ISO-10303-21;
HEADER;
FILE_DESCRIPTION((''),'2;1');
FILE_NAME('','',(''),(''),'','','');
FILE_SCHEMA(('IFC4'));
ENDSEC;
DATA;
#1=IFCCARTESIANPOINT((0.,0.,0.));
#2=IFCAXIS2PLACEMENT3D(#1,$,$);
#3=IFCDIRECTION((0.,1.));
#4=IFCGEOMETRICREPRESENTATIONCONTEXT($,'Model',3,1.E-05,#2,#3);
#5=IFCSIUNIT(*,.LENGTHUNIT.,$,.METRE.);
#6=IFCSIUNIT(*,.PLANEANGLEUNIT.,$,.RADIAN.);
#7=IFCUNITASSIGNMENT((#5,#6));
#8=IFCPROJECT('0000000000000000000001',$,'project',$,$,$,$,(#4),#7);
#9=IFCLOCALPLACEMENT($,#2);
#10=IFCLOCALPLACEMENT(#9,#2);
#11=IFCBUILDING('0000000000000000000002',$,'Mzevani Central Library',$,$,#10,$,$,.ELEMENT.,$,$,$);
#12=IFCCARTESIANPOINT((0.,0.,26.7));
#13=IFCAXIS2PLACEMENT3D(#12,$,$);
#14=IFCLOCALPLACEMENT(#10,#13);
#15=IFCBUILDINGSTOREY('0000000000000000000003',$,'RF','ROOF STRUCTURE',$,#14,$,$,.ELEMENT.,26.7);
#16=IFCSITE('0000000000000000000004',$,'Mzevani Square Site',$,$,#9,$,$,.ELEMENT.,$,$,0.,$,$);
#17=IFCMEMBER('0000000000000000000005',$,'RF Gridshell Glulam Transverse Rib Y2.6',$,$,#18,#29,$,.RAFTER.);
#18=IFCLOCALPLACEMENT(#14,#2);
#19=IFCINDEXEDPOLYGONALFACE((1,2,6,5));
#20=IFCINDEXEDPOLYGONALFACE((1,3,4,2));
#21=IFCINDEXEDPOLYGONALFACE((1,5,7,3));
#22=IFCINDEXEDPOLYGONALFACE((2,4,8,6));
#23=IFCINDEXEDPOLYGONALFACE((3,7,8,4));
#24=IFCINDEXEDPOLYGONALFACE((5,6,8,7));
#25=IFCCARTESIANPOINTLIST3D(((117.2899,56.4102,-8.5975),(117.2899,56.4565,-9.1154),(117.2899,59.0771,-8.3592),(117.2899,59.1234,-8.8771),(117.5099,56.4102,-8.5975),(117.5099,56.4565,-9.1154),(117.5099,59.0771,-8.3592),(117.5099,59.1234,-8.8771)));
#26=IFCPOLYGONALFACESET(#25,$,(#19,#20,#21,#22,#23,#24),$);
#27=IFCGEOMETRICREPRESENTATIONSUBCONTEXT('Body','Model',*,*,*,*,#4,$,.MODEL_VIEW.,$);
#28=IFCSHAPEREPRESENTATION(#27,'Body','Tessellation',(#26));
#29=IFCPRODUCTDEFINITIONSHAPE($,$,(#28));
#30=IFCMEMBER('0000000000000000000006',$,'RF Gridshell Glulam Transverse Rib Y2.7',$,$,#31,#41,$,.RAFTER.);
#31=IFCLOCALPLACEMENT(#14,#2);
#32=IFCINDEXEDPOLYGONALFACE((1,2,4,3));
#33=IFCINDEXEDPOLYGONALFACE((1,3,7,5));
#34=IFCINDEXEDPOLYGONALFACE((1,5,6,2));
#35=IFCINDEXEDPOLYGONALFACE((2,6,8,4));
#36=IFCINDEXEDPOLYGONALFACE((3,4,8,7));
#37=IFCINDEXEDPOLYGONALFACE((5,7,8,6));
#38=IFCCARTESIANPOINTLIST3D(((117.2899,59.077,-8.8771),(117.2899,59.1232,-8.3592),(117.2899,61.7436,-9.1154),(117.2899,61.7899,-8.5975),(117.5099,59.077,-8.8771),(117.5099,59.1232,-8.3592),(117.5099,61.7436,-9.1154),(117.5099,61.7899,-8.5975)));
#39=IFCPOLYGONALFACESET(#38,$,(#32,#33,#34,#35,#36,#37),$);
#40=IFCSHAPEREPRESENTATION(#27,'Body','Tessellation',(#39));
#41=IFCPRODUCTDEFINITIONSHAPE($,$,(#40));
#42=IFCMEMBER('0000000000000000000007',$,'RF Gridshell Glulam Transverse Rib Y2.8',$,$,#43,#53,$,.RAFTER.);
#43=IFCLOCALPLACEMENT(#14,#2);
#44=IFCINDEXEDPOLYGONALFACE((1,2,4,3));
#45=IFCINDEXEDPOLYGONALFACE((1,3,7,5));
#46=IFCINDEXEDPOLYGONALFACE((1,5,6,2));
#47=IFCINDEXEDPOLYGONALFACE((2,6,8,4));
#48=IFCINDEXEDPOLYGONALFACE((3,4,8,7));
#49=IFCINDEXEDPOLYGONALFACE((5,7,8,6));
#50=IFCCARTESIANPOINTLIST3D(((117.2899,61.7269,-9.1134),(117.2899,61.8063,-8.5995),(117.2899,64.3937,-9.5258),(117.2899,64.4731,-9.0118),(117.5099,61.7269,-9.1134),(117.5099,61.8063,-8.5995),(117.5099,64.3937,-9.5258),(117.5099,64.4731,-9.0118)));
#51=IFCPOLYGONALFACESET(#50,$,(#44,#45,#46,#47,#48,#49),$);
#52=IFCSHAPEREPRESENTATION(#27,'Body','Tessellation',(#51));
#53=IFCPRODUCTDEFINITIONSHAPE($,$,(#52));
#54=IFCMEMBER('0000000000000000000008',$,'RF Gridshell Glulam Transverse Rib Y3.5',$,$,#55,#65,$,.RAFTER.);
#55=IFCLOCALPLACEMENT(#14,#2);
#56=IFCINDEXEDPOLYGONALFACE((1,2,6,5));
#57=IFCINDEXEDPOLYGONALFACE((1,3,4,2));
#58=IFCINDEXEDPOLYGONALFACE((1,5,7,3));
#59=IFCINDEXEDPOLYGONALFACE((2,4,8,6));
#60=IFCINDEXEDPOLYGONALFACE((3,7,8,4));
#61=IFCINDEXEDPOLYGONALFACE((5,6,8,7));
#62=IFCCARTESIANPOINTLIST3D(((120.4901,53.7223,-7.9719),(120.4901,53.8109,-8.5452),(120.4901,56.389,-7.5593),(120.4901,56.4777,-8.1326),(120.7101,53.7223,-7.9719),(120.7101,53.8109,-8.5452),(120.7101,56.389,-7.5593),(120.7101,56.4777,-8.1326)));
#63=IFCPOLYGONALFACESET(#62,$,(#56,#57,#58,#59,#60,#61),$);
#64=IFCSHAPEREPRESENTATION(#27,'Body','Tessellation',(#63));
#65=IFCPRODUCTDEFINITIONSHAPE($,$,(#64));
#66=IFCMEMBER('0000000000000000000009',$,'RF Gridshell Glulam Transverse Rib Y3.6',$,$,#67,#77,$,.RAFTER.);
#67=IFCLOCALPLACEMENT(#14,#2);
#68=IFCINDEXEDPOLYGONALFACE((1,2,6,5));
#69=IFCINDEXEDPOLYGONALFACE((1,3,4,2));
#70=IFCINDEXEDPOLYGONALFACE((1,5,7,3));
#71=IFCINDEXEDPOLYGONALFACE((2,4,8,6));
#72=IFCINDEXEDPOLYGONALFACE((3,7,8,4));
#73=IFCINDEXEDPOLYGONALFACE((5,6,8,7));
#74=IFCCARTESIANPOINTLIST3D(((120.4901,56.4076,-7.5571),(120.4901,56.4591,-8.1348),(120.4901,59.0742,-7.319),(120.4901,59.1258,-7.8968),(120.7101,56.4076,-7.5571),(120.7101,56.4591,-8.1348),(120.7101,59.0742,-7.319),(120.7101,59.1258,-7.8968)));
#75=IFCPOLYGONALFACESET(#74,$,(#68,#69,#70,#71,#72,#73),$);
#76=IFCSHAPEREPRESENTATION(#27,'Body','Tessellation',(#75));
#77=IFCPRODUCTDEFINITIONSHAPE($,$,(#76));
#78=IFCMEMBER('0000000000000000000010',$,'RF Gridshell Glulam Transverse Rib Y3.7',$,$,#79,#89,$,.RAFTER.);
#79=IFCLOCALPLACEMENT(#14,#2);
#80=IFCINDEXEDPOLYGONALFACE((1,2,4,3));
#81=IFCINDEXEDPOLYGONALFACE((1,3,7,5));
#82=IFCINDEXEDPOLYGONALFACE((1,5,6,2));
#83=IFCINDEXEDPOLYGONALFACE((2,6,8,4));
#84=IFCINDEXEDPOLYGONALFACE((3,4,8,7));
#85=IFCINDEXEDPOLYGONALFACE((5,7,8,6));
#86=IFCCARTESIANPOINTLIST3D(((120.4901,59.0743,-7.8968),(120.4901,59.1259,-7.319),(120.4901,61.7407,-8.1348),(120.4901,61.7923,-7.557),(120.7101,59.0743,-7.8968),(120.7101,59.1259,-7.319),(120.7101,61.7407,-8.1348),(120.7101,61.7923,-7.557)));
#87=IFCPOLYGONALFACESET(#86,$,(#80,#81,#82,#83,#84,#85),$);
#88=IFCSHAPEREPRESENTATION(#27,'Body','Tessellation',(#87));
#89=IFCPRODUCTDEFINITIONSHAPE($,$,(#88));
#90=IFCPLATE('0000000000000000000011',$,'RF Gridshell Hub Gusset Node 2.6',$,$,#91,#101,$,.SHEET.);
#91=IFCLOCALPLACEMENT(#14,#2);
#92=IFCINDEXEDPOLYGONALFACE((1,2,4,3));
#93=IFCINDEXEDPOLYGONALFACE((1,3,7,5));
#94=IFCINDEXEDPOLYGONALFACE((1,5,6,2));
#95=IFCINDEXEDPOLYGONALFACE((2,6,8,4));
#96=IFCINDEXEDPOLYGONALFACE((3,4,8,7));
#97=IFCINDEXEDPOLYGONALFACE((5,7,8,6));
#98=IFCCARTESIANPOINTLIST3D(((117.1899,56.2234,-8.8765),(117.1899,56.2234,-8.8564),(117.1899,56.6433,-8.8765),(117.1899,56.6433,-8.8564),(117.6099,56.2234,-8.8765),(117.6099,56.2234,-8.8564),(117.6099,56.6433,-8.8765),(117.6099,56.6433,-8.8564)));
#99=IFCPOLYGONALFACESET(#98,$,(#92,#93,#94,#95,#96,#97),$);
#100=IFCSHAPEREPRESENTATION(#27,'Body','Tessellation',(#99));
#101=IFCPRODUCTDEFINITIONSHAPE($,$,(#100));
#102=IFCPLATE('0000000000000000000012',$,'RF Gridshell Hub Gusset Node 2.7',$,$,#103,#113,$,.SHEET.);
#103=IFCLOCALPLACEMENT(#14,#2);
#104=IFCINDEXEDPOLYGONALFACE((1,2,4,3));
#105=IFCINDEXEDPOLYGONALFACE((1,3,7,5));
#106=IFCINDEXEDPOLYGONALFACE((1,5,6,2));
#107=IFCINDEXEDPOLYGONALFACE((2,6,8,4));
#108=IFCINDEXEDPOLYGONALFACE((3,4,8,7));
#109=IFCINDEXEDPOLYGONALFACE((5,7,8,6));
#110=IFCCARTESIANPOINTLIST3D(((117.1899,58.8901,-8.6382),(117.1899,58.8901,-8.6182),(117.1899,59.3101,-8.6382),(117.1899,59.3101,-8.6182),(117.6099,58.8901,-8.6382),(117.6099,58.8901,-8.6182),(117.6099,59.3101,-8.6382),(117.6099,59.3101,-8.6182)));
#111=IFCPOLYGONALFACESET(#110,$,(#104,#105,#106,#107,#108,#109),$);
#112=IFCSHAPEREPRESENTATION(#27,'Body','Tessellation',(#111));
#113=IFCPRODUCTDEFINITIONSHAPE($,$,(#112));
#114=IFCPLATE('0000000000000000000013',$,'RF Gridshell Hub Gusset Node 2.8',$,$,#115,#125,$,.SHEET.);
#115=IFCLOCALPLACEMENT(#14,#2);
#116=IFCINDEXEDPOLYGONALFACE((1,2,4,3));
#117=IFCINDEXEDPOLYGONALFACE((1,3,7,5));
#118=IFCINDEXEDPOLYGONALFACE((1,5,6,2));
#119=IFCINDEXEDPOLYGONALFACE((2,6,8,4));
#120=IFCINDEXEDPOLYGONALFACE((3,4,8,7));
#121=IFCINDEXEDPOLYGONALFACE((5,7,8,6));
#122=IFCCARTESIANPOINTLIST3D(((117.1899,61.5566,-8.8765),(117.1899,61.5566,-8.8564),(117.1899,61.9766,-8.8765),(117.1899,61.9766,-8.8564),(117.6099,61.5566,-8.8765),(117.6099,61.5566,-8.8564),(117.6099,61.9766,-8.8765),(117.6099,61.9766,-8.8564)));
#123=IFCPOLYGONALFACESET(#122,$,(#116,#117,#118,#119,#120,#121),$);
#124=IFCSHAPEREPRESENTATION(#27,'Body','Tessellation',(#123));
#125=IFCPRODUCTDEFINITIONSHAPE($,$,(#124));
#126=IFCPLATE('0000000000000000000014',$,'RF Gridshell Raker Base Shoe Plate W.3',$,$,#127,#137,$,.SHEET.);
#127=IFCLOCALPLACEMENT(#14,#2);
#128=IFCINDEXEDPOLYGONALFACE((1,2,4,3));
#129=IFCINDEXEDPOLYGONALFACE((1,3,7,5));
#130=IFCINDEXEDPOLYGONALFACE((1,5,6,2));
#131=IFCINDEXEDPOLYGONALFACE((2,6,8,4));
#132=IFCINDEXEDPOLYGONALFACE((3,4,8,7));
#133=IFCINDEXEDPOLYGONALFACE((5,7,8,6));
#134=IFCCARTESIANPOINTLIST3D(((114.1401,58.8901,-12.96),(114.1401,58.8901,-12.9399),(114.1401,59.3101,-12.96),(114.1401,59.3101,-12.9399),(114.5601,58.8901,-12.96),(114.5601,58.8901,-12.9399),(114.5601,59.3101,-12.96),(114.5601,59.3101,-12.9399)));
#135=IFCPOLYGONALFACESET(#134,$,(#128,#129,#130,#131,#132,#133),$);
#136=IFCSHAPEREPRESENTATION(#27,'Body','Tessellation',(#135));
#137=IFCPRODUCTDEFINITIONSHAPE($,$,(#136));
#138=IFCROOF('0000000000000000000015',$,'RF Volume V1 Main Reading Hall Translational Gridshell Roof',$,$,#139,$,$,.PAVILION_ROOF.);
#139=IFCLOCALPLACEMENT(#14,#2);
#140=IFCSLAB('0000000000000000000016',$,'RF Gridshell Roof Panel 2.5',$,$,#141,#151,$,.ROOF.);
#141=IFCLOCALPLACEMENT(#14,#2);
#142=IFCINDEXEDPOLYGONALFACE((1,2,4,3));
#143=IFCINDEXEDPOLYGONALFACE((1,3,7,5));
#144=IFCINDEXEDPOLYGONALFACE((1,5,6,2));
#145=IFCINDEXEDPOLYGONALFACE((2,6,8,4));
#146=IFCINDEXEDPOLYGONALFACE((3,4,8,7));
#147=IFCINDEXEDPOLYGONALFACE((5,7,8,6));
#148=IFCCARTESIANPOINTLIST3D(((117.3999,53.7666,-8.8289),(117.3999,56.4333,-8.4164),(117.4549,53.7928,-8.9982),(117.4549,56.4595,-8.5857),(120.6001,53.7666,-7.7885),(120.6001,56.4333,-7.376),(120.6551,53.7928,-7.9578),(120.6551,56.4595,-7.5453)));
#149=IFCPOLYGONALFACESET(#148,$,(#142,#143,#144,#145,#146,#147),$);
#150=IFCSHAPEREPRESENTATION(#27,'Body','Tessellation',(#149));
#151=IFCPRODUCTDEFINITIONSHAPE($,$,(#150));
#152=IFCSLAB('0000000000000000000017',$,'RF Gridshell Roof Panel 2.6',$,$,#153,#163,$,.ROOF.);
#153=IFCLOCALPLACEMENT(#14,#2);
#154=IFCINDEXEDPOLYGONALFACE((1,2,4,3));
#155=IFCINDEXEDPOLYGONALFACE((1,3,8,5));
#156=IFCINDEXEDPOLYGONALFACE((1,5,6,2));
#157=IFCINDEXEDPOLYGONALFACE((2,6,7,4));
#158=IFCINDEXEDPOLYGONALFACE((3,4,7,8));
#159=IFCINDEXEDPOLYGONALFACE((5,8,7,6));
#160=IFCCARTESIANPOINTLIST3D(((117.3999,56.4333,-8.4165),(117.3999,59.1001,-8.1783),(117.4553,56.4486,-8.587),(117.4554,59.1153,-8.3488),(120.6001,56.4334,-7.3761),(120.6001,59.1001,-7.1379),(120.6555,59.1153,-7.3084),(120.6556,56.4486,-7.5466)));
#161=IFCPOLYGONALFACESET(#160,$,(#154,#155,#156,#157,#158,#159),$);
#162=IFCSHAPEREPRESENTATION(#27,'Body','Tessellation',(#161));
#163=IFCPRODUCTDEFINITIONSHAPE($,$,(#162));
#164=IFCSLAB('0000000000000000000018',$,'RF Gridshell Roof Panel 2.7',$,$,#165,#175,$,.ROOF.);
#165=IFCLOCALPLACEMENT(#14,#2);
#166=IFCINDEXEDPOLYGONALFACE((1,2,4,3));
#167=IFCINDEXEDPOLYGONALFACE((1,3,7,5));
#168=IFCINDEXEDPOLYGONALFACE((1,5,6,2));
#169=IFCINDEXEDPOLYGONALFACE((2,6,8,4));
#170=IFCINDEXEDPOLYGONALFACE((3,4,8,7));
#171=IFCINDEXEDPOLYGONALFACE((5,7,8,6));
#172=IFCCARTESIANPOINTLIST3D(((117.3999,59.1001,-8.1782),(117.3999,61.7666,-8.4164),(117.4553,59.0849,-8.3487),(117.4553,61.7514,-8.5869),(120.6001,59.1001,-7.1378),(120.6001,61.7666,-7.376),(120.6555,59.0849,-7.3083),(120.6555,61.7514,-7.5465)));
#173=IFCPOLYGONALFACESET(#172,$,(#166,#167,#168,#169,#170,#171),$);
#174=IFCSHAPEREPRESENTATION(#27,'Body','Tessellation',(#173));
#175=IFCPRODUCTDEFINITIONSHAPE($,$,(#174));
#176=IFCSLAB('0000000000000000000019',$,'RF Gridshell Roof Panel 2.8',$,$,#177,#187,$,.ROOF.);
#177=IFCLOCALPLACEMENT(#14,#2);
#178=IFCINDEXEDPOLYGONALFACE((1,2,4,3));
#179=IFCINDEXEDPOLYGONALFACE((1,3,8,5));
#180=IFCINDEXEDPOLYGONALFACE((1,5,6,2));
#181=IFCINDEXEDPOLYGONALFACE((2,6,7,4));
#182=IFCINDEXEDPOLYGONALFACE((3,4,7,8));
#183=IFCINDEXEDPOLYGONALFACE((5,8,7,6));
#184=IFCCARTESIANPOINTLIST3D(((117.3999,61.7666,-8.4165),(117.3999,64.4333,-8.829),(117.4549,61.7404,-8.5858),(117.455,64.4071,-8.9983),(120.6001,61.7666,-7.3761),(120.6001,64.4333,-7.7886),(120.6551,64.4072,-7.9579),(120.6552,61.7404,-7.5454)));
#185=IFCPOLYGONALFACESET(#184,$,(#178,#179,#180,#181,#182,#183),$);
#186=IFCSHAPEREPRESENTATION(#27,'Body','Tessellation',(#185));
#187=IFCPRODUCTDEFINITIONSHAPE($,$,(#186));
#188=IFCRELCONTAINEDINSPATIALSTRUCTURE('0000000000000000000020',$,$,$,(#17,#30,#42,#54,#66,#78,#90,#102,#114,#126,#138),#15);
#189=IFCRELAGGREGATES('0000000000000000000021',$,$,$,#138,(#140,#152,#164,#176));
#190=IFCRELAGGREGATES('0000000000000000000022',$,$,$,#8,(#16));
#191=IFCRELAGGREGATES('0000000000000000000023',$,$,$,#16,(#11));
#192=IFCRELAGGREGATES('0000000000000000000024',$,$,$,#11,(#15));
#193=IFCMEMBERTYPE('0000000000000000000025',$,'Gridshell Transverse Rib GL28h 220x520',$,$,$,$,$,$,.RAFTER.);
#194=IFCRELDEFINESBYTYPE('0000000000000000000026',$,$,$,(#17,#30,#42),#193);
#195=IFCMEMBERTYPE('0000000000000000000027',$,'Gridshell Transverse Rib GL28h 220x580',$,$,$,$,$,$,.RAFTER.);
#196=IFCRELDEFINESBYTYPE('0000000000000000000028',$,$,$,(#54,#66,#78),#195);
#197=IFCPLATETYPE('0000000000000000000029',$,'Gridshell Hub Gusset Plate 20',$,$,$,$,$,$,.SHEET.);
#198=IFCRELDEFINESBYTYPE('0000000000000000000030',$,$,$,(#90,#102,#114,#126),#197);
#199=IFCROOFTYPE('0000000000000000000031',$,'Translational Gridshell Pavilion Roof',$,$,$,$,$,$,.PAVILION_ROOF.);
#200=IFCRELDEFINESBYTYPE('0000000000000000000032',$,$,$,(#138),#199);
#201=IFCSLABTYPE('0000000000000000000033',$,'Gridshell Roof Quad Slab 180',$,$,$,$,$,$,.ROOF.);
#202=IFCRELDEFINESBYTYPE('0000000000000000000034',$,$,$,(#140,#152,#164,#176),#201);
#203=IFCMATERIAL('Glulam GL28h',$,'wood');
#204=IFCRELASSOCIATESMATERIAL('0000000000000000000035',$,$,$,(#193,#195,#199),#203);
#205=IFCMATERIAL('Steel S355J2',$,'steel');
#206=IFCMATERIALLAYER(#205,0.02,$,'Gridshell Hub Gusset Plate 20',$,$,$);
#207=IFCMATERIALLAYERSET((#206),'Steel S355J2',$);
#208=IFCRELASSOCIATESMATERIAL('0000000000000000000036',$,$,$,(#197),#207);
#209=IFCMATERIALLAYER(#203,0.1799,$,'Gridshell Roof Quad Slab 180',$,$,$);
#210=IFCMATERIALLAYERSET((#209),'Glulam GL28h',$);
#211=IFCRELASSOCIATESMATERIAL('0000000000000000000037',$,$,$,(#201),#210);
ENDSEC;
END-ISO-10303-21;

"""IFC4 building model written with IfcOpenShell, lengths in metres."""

from ifc_helpers import new_model, si_unit, direction, frame, origin, origin_2d, place, context, subcontext, project, spatial, polyline, rectangle, outline, extrude, material, layer, layer_set, material_profile, profile_set, type_object, element, aggregate, save


model = new_model("IFC4")

# Units and contexts
model_context = context("Model", 3, precision=1e-05, world=origin(), true_north=direction((0.0, 1.0)))
body_context = subcontext(model_context, "Body", "Model", "MODEL_VIEW")
ifc_project = project(units=[si_unit("LENGTHUNIT", "METRE"), si_unit("PLANEANGLEUNIT", "RADIAN")], contexts=[model_context])

# Site, building, storey
site_placement = place(None, origin())
site = spatial("IfcSite", under=ifc_project, at=site_placement, Name="Mzevani Square Site", CompositionType="ELEMENT", RefElevation=0.0)
building_placement = place(site_placement, origin())
building = spatial("IfcBuilding", under=site, at=building_placement, Name="Mzevani Central Library", CompositionType="ELEMENT")
storey_placement = place(building_placement, frame((0.0, 0.0, 26.7)))
storey = spatial("IfcBuildingStorey", under=building, at=storey_placement, Name="RF", Description="ROOF STRUCTURE", CompositionType="ELEMENT", Elevation=26.7)

# Members
ifc_material_1 = material(Name="Steel S355J2", Category="steel")
ifc_material_2 = material(Name="Glulam GL28h", Category="wood")
ifc_material_profile_1 = material_profile(ifc_material_2, rectangle(XDim=0.22, YDim=0.52, at=origin_2d()), Name="GL28h 220x520")
ifc_profile_set_1 = profile_set([ifc_material_profile_1], Name="Glulam GL28h")
member_type_1 = type_object("IfcMemberType", Name="Gridshell Transverse Rib GL28h 220x520", PredefinedType="RAFTER", material=ifc_profile_set_1)
member_1_placement = place(storey_placement, frame((117.3999, 56.4333, -8.8564), z_axis=(0.0, 0.996032, 0.088998), x_axis=(-1.0, 0.0, 0.0)))
element("IfcMember", 1, at=member_1_placement, inside=storey, type_object=member_type_1, Name="RF Gridshell Glulam Transverse Rib Y2.6", PredefinedType="RAFTER", context=body_context, shape_type="SweptSolid", body=[
    extrude(rectangle(XDim=0.22, YDim=0.52, at=origin_2d()), origin(), (0.0, 0.0, 1.0), 2.6775),
])
member_2_placement = place(storey_placement, frame((117.3999, 59.1001, -8.6182), z_axis=(0.0, 0.996031, -0.089006), x_axis=(-1.0, 0.0, 0.0)))
element("IfcMember", 2, at=member_2_placement, inside=storey, type_object=member_type_1, Name="RF Gridshell Glulam Transverse Rib Y2.7", PredefinedType="RAFTER", context=body_context, shape_type="SweptSolid", body=[
    extrude(rectangle(XDim=0.22, YDim=0.52, at=origin_2d()), origin(), (0.0, 0.0, 1.0), 2.6772),
])
member_3_placement = place(storey_placement, frame((117.3999, 61.7666, -8.8564), z_axis=(0.0, 0.988255, -0.152812), x_axis=(-1.0, 0.0, 0.0)))
element("IfcMember", 3, at=member_3_placement, inside=storey, type_object=member_type_1, Name="RF Gridshell Glulam Transverse Rib Y2.8", PredefinedType="RAFTER", context=body_context, shape_type="SweptSolid", body=[
    extrude(rectangle(XDim=0.22, YDim=0.52, at=origin_2d()), origin(), (0.0, 0.0, 1.0), 2.6985),
])
ifc_material_profile_2 = material_profile(ifc_material_2, rectangle(XDim=0.22, YDim=0.5801, at=origin_2d()), Name="GL28h 220x580")
ifc_profile_set_2 = profile_set([ifc_material_profile_2], Name="Glulam GL28h")
member_type_2 = type_object("IfcMemberType", Name="Gridshell Transverse Rib GL28h 220x580", PredefinedType="RAFTER", material=ifc_profile_set_2)
member_4_placement = place(storey_placement, frame((120.6001, 53.7666, -8.2585), z_axis=(0.0, 0.988242, 0.1529), x_axis=(-1.0, 0.0, 0.0)))
element("IfcMember", 4, at=member_4_placement, inside=storey, type_object=member_type_2, Name="RF Gridshell Glulam Transverse Rib Y3.5", PredefinedType="RAFTER", context=body_context, shape_type="SweptSolid", body=[
    extrude(rectangle(XDim=0.22, YDim=0.5801, at=origin_2d()), origin(), (0.0, 0.0, 1.0), 2.6985),
])
member_5_placement = place(storey_placement, frame((120.6001, 56.4333, -7.8459), z_axis=(0.0, 0.99604, 0.088908), x_axis=(-1.0, 0.0, 0.0)))
element("IfcMember", 5, at=member_5_placement, inside=storey, type_object=member_type_2, Name="RF Gridshell Glulam Transverse Rib Y3.6", PredefinedType="RAFTER", context=body_context, shape_type="SweptSolid", body=[
    extrude(rectangle(XDim=0.22, YDim=0.5801, at=origin_2d()), origin(), (0.0, 0.0, 1.0), 2.6772),
])
member_6_placement = place(storey_placement, frame((120.6001, 59.1001, -7.6079), z_axis=(0.0, 0.996039, -0.088916), x_axis=(-1.0, 0.0, 0.0)))
element("IfcMember", 6, at=member_6_placement, inside=storey, type_object=member_type_2, Name="RF Gridshell Glulam Transverse Rib Y3.7", PredefinedType="RAFTER", context=body_context, shape_type="SweptSolid", body=[
    extrude(rectangle(XDim=0.22, YDim=0.5801, at=origin_2d()), origin(), (0.0, 0.0, 1.0), 2.677),
])

# Plates
ifc_layer_1 = layer(ifc_material_1, 0.02, Name="Gridshell Hub Gusset Plate 20")
ifc_layer_set_1 = layer_set([ifc_layer_1], Name="Steel S355J2")
plate_type = type_object("IfcPlateType", Name="Gridshell Hub Gusset Plate 20", PredefinedType="SHEET", material=ifc_layer_set_1)
for number, where, z_axis, x_axis, name in (
    (7, (117.3999, 56.4333, -8.8765), (0.0, 0.0, 1.0), (1.0, 0.0, 0.0), "RF Gridshell Hub Gusset Node 2.6"),
    (8, (117.3999, 59.1001, -8.6382), (0.0, 0.0, 1.0), (1.0, 0.0, 0.0), "RF Gridshell Hub Gusset Node 2.7"),
    (9, (117.3999, 61.7666, -8.8765), (0.0, 0.0, 1.0), (1.0, 0.0, 0.0), "RF Gridshell Hub Gusset Node 2.8"),
    (10, (114.3501, 59.1001, -12.96), (0.0, 0.0, 1.0), (1.0, 0.0, 0.0), "RF Gridshell Raker Base Shoe Plate W.3"),
):
    element("IfcPlate", number, at=place(storey_placement, frame(where, z_axis=z_axis, x_axis=x_axis)), inside=storey, type_object=plate_type, Name=name, PredefinedType="SHEET", context=body_context, shape_type="SweptSolid", body=[
        extrude(rectangle(XDim=0.4199, YDim=0.4199, at=origin_2d()), origin(), (0.0, 0.0, 1.0), 0.02),
    ])

# Roof, slabs
roof_type = type_object("IfcRoofType", Name="Translational Gridshell Pavilion Roof", PredefinedType="PAVILION_ROOF", material=ifc_material_2)
roof_placement = place(storey_placement, origin())
roof = element("IfcRoof", 11, at=roof_placement, inside=storey, type_object=roof_type, Name="RF Volume V1 Main Reading Hall Translational Gridshell Roof", PredefinedType="PAVILION_ROOF")
ifc_layer_2 = layer(ifc_material_2, 0.1799, Name="Gridshell Roof Quad Slab 180")
ifc_layer_set_2 = layer_set([ifc_layer_2], Name="Glulam GL28h")
slab_type = type_object("IfcSlabType", Name="Gridshell Roof Quad Slab 180", PredefinedType="ROOF", material=ifc_layer_set_2)
slab_1_placement = place(storey_placement, frame((117.3999, 53.7666, -8.8289), z_axis=(-0.305886, -0.145529, 0.94088), x_axis=(0.951004, -0.000005, 0.309177)))
slab_1 = element("IfcSlab", 12, at=slab_1_placement, type_object=slab_type, Name="RF Gridshell Roof Panel 2.5", PredefinedType="ROOF", context=body_context, shape_type="SweptSolid", body=[
    extrude(outline(polyline([(0.0, 0.0), (3.365, 0.0), (3.4926, 2.6955), (0.1275, 2.6954), (0.0, 0.0)])), origin(), (0.0, 0.0, -1.0), 0.1799),
])
slab_2_placement = place(storey_placement, frame((117.3999, 56.4333, -8.4165), z_axis=(-0.308069, -0.084627, 0.947593), x_axis=(0.951004, 0.000003, 0.309178)))
slab_2 = element("IfcSlab", 13, at=slab_2_placement, type_object=slab_type, Name="RF Gridshell Roof Panel 2.6", PredefinedType="ROOF", context=body_context, shape_type="SweptSolid", body=[
    extrude(outline(polyline([(0.0, 0.0), (3.3651, 0.0), (3.4387, 2.6763), (0.0737, 2.6764), (0.0, 0.0)])), origin(), (0.0, 0.0, -1.0), 0.1799),
])
slab_3_placement = place(storey_placement, frame((117.3999, 59.1001, -8.1782), z_axis=(-0.308069, 0.084634, 0.947592), x_axis=(0.951004, 0.000003, 0.309178)))
slab_3 = element("IfcSlab", 14, at=slab_3_placement, type_object=slab_type, Name="RF Gridshell Roof Panel 2.7", PredefinedType="ROOF", context=body_context, shape_type="SweptSolid", body=[
    extrude(outline(polyline([(0.0, 0.0), (3.365, 0.0), (3.2914, 2.6761), (-0.0737, 2.6761), (0.0, 0.0)])), origin(), (0.0, 0.0, -1.0), 0.1799),
])
slab_4_placement = place(storey_placement, frame((117.3999, 61.7666, -8.4165), z_axis=(-0.305886, 0.145529, 0.94088), x_axis=(0.951004, -0.000005, 0.309179)))
slab_4 = element("IfcSlab", 15, at=slab_4_placement, type_object=slab_type, Name="RF Gridshell Roof Panel 2.8", PredefinedType="ROOF", context=body_context, shape_type="SweptSolid", body=[
    extrude(outline(polyline([(0.0, 0.0), (3.3651, 0.0), (3.2375, 2.6955), (-0.1275, 2.6954), (0.0, 0.0)])), origin(), (0.0, 0.0, -1.0), 0.1799),
])
aggregate(roof, [slab_1, slab_2, slab_3, slab_4])

save(model, "model.ifc")
